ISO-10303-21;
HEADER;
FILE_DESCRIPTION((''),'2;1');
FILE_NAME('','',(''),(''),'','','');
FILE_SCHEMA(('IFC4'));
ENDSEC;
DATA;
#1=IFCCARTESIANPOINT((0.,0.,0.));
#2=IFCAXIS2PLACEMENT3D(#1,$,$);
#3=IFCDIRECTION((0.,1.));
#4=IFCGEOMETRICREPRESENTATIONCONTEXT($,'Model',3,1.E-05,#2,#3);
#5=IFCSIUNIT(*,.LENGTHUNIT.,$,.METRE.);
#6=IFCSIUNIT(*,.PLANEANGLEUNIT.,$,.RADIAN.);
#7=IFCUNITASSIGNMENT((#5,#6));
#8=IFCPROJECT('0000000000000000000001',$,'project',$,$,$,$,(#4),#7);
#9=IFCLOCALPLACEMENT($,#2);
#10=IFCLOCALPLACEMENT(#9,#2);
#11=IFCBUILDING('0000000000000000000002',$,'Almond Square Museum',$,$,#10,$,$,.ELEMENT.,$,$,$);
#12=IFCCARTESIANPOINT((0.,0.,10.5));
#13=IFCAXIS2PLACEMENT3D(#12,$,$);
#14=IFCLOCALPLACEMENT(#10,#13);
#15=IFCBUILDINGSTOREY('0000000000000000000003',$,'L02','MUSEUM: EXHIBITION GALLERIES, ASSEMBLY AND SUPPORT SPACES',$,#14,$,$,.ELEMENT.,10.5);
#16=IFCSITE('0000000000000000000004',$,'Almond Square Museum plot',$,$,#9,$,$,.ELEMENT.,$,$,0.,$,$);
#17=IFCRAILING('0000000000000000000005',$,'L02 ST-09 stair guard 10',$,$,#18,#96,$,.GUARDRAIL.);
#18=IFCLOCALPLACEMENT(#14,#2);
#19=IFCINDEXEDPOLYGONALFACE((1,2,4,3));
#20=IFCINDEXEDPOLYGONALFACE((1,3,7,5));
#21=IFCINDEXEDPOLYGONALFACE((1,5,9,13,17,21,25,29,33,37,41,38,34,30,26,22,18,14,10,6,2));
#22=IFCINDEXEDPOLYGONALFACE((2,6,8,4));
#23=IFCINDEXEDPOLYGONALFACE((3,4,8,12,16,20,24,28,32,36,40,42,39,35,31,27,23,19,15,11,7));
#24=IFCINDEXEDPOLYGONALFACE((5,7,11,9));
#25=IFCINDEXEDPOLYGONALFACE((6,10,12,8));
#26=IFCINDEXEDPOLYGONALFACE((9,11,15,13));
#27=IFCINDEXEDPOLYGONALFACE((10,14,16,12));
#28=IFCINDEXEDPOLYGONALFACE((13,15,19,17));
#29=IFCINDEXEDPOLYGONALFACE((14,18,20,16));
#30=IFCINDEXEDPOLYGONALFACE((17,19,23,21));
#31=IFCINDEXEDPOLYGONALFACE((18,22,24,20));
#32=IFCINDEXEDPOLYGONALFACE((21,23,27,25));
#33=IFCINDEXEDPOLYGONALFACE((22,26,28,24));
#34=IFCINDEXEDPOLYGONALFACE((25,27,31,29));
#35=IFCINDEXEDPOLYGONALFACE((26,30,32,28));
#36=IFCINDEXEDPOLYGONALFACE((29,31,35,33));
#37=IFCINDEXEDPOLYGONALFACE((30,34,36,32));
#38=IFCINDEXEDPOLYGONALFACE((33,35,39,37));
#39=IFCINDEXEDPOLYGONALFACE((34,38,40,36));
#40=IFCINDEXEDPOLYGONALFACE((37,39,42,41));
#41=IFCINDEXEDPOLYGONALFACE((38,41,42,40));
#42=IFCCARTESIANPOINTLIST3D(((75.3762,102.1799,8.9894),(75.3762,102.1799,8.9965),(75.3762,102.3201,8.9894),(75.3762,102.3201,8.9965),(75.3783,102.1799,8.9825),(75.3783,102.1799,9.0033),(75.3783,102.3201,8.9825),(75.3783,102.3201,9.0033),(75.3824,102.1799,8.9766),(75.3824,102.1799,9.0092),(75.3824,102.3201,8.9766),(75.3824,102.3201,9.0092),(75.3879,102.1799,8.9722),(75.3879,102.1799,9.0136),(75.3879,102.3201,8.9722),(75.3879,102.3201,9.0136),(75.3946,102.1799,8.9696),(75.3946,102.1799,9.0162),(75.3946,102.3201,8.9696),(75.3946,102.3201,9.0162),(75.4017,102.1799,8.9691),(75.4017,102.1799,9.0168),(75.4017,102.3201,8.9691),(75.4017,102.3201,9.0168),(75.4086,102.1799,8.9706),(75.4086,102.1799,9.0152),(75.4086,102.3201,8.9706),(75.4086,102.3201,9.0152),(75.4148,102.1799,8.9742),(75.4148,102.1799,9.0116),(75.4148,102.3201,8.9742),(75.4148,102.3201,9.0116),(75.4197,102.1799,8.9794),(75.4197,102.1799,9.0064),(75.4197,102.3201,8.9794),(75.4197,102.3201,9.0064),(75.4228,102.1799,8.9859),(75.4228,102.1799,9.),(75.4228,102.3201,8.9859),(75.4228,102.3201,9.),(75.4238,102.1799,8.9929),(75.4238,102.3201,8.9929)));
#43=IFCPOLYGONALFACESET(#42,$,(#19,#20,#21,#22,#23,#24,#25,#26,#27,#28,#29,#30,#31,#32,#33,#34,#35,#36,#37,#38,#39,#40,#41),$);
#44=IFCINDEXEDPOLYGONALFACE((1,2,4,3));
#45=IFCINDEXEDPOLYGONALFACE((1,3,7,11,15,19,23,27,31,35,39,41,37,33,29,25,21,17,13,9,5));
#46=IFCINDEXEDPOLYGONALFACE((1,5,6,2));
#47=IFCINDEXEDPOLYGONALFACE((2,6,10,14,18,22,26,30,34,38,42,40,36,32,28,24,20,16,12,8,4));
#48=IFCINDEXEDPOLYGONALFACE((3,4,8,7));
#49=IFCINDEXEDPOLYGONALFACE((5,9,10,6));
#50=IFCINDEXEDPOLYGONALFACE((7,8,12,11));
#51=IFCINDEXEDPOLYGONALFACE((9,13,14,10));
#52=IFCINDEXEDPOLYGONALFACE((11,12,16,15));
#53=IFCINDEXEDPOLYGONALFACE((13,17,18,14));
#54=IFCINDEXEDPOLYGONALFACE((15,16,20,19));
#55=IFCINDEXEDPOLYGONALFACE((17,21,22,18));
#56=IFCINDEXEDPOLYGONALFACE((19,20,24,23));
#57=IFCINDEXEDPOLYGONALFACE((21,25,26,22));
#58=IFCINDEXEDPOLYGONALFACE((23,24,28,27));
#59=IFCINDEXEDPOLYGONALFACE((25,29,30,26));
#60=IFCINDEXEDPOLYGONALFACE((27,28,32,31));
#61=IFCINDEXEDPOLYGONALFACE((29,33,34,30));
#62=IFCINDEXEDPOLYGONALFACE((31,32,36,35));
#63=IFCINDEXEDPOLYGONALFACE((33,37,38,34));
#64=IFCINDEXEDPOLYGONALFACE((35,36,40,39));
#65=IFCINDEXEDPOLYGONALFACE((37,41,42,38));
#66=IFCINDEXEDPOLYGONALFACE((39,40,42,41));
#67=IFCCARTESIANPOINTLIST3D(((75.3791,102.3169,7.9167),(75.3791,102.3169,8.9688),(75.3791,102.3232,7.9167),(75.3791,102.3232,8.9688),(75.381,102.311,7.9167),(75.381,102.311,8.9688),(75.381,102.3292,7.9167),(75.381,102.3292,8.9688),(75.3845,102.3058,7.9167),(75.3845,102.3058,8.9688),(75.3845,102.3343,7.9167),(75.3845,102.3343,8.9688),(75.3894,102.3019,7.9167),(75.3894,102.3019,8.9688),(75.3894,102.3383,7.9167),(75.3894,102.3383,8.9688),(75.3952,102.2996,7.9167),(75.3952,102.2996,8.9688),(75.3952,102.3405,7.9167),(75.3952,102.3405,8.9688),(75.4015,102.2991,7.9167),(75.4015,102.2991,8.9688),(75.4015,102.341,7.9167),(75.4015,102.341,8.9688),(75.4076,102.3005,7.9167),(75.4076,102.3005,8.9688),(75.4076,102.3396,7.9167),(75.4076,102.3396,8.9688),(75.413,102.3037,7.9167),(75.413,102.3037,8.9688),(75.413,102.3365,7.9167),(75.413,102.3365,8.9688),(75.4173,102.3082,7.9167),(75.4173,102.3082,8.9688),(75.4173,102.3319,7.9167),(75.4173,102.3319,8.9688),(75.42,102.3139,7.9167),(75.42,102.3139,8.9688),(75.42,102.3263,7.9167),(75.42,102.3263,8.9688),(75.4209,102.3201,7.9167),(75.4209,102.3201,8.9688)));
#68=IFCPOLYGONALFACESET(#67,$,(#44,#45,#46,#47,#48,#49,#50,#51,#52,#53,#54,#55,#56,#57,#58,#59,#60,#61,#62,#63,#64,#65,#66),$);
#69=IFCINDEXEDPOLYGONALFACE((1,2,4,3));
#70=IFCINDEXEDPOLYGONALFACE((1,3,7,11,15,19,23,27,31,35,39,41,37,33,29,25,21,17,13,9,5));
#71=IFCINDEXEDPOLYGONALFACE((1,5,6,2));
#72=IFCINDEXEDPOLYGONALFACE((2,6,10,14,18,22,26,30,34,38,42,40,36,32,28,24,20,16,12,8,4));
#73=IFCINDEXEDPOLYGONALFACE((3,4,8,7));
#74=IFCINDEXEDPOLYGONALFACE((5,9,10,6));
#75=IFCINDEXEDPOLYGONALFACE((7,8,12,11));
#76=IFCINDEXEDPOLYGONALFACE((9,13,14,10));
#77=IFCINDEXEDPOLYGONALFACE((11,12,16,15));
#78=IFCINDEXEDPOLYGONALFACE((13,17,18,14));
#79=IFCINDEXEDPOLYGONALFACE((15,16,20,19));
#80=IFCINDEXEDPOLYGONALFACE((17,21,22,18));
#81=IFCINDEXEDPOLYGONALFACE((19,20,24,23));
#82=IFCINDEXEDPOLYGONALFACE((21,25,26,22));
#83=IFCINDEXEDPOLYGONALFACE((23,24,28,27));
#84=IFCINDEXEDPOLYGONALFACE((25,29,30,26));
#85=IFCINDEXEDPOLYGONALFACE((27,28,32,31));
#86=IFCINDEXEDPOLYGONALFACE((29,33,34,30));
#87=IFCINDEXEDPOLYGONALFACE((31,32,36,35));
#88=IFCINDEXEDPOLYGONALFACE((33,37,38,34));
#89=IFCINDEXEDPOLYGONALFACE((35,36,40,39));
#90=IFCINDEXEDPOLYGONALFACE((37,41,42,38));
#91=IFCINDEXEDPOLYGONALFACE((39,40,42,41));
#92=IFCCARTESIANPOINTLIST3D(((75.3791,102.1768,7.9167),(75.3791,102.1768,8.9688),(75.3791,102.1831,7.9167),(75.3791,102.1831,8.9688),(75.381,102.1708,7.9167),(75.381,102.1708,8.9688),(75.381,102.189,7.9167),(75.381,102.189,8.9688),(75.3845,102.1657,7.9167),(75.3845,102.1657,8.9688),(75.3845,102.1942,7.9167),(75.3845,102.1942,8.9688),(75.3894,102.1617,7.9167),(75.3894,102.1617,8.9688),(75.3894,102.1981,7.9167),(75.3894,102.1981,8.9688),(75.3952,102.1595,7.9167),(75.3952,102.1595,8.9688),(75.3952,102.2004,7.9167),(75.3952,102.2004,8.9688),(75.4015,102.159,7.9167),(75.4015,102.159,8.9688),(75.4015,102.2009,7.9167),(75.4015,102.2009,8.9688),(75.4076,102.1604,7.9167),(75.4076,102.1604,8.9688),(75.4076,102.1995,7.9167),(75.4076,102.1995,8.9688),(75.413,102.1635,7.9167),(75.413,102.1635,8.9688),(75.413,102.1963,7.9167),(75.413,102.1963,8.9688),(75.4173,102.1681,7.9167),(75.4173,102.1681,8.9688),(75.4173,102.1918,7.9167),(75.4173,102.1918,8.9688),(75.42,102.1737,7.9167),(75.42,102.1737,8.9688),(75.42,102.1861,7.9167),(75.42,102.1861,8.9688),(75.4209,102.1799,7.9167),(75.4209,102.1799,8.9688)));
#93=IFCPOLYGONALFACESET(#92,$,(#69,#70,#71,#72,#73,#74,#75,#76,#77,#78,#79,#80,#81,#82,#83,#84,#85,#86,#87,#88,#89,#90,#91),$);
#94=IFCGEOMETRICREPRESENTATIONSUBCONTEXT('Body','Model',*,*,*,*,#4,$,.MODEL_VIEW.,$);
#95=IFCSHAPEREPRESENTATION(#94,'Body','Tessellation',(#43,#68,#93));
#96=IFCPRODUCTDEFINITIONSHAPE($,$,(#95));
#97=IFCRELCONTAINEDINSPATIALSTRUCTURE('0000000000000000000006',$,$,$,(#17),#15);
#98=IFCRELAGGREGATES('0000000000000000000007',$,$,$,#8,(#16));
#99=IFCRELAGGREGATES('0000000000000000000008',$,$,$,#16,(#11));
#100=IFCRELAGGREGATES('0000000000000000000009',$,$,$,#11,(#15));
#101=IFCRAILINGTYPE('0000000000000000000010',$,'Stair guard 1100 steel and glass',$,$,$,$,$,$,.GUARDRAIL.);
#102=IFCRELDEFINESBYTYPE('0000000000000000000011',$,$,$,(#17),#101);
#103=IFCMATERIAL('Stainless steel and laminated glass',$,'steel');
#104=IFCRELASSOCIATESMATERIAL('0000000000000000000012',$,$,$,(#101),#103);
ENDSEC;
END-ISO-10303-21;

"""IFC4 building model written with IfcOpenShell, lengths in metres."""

from ifc_helpers import new_model, si_unit, direction, frame, origin, origin_2d, place, context, subcontext, project, spatial, circle, extrude, material, type_object, element, save


model = new_model("IFC4")

# Units and contexts
model_context = context("Model", 3, precision=1e-05, world=origin(), true_north=direction((0.0, 1.0)))
body_context = subcontext(model_context, "Body", "Model", "MODEL_VIEW")
ifc_project = project(units=[si_unit("LENGTHUNIT", "METRE"), si_unit("PLANEANGLEUNIT", "RADIAN")], contexts=[model_context])

# Site, building, storey
site_placement = place(None, origin())
site = spatial("IfcSite", under=ifc_project, at=site_placement, Name="Almond Square Museum plot", CompositionType="ELEMENT", RefElevation=0.0)
building_placement = place(site_placement, origin())
building = spatial("IfcBuilding", under=site, at=building_placement, Name="Almond Square Museum", CompositionType="ELEMENT")
storey_placement = place(building_placement, frame((0.0, 0.0, 10.5)))
storey = spatial("IfcBuildingStorey", under=building, at=storey_placement, Name="L02", Description="MUSEUM: EXHIBITION GALLERIES, ASSEMBLY AND SUPPORT SPACES", CompositionType="ELEMENT", Elevation=10.5)

# Railing
ifc_material_1 = material(Name="Stainless steel and laminated glass", Category="steel")
railing_type_1 = type_object("IfcRailingType", Name="Stair guard 1100 steel and glass", PredefinedType="GUARDRAIL", material=ifc_material_1)
railing_1_placement = place(storey_placement, frame((75.3999, 102.3201, 7.9167)))
element("IfcRailing", 1, at=railing_1_placement, inside=storey, type_object=railing_type_1, Name="L02 ST-09 stair guard 10", PredefinedType="GUARDRAIL", context=body_context, shape_type="SweptSolid", body=[
    extrude(circle(Radius=0.0239, at=origin_2d()), frame((0.0, 0.0, 1.0762), z_axis=(0.0, -1.0, 0.0), x_axis=(1.0, 0.0, 0.0)), (0.0, 0.0, 1.0), 0.1401),
    extrude(circle(Radius=0.021, at=origin_2d()), origin(), (0.0, 0.0, 1.0), 1.052),
    extrude(circle(Radius=0.021, at=origin_2d()), frame((0.0, -0.1401, 0.0)), (0.0, 0.0, 1.0), 1.052),
])

save(model, "model.ifc")
